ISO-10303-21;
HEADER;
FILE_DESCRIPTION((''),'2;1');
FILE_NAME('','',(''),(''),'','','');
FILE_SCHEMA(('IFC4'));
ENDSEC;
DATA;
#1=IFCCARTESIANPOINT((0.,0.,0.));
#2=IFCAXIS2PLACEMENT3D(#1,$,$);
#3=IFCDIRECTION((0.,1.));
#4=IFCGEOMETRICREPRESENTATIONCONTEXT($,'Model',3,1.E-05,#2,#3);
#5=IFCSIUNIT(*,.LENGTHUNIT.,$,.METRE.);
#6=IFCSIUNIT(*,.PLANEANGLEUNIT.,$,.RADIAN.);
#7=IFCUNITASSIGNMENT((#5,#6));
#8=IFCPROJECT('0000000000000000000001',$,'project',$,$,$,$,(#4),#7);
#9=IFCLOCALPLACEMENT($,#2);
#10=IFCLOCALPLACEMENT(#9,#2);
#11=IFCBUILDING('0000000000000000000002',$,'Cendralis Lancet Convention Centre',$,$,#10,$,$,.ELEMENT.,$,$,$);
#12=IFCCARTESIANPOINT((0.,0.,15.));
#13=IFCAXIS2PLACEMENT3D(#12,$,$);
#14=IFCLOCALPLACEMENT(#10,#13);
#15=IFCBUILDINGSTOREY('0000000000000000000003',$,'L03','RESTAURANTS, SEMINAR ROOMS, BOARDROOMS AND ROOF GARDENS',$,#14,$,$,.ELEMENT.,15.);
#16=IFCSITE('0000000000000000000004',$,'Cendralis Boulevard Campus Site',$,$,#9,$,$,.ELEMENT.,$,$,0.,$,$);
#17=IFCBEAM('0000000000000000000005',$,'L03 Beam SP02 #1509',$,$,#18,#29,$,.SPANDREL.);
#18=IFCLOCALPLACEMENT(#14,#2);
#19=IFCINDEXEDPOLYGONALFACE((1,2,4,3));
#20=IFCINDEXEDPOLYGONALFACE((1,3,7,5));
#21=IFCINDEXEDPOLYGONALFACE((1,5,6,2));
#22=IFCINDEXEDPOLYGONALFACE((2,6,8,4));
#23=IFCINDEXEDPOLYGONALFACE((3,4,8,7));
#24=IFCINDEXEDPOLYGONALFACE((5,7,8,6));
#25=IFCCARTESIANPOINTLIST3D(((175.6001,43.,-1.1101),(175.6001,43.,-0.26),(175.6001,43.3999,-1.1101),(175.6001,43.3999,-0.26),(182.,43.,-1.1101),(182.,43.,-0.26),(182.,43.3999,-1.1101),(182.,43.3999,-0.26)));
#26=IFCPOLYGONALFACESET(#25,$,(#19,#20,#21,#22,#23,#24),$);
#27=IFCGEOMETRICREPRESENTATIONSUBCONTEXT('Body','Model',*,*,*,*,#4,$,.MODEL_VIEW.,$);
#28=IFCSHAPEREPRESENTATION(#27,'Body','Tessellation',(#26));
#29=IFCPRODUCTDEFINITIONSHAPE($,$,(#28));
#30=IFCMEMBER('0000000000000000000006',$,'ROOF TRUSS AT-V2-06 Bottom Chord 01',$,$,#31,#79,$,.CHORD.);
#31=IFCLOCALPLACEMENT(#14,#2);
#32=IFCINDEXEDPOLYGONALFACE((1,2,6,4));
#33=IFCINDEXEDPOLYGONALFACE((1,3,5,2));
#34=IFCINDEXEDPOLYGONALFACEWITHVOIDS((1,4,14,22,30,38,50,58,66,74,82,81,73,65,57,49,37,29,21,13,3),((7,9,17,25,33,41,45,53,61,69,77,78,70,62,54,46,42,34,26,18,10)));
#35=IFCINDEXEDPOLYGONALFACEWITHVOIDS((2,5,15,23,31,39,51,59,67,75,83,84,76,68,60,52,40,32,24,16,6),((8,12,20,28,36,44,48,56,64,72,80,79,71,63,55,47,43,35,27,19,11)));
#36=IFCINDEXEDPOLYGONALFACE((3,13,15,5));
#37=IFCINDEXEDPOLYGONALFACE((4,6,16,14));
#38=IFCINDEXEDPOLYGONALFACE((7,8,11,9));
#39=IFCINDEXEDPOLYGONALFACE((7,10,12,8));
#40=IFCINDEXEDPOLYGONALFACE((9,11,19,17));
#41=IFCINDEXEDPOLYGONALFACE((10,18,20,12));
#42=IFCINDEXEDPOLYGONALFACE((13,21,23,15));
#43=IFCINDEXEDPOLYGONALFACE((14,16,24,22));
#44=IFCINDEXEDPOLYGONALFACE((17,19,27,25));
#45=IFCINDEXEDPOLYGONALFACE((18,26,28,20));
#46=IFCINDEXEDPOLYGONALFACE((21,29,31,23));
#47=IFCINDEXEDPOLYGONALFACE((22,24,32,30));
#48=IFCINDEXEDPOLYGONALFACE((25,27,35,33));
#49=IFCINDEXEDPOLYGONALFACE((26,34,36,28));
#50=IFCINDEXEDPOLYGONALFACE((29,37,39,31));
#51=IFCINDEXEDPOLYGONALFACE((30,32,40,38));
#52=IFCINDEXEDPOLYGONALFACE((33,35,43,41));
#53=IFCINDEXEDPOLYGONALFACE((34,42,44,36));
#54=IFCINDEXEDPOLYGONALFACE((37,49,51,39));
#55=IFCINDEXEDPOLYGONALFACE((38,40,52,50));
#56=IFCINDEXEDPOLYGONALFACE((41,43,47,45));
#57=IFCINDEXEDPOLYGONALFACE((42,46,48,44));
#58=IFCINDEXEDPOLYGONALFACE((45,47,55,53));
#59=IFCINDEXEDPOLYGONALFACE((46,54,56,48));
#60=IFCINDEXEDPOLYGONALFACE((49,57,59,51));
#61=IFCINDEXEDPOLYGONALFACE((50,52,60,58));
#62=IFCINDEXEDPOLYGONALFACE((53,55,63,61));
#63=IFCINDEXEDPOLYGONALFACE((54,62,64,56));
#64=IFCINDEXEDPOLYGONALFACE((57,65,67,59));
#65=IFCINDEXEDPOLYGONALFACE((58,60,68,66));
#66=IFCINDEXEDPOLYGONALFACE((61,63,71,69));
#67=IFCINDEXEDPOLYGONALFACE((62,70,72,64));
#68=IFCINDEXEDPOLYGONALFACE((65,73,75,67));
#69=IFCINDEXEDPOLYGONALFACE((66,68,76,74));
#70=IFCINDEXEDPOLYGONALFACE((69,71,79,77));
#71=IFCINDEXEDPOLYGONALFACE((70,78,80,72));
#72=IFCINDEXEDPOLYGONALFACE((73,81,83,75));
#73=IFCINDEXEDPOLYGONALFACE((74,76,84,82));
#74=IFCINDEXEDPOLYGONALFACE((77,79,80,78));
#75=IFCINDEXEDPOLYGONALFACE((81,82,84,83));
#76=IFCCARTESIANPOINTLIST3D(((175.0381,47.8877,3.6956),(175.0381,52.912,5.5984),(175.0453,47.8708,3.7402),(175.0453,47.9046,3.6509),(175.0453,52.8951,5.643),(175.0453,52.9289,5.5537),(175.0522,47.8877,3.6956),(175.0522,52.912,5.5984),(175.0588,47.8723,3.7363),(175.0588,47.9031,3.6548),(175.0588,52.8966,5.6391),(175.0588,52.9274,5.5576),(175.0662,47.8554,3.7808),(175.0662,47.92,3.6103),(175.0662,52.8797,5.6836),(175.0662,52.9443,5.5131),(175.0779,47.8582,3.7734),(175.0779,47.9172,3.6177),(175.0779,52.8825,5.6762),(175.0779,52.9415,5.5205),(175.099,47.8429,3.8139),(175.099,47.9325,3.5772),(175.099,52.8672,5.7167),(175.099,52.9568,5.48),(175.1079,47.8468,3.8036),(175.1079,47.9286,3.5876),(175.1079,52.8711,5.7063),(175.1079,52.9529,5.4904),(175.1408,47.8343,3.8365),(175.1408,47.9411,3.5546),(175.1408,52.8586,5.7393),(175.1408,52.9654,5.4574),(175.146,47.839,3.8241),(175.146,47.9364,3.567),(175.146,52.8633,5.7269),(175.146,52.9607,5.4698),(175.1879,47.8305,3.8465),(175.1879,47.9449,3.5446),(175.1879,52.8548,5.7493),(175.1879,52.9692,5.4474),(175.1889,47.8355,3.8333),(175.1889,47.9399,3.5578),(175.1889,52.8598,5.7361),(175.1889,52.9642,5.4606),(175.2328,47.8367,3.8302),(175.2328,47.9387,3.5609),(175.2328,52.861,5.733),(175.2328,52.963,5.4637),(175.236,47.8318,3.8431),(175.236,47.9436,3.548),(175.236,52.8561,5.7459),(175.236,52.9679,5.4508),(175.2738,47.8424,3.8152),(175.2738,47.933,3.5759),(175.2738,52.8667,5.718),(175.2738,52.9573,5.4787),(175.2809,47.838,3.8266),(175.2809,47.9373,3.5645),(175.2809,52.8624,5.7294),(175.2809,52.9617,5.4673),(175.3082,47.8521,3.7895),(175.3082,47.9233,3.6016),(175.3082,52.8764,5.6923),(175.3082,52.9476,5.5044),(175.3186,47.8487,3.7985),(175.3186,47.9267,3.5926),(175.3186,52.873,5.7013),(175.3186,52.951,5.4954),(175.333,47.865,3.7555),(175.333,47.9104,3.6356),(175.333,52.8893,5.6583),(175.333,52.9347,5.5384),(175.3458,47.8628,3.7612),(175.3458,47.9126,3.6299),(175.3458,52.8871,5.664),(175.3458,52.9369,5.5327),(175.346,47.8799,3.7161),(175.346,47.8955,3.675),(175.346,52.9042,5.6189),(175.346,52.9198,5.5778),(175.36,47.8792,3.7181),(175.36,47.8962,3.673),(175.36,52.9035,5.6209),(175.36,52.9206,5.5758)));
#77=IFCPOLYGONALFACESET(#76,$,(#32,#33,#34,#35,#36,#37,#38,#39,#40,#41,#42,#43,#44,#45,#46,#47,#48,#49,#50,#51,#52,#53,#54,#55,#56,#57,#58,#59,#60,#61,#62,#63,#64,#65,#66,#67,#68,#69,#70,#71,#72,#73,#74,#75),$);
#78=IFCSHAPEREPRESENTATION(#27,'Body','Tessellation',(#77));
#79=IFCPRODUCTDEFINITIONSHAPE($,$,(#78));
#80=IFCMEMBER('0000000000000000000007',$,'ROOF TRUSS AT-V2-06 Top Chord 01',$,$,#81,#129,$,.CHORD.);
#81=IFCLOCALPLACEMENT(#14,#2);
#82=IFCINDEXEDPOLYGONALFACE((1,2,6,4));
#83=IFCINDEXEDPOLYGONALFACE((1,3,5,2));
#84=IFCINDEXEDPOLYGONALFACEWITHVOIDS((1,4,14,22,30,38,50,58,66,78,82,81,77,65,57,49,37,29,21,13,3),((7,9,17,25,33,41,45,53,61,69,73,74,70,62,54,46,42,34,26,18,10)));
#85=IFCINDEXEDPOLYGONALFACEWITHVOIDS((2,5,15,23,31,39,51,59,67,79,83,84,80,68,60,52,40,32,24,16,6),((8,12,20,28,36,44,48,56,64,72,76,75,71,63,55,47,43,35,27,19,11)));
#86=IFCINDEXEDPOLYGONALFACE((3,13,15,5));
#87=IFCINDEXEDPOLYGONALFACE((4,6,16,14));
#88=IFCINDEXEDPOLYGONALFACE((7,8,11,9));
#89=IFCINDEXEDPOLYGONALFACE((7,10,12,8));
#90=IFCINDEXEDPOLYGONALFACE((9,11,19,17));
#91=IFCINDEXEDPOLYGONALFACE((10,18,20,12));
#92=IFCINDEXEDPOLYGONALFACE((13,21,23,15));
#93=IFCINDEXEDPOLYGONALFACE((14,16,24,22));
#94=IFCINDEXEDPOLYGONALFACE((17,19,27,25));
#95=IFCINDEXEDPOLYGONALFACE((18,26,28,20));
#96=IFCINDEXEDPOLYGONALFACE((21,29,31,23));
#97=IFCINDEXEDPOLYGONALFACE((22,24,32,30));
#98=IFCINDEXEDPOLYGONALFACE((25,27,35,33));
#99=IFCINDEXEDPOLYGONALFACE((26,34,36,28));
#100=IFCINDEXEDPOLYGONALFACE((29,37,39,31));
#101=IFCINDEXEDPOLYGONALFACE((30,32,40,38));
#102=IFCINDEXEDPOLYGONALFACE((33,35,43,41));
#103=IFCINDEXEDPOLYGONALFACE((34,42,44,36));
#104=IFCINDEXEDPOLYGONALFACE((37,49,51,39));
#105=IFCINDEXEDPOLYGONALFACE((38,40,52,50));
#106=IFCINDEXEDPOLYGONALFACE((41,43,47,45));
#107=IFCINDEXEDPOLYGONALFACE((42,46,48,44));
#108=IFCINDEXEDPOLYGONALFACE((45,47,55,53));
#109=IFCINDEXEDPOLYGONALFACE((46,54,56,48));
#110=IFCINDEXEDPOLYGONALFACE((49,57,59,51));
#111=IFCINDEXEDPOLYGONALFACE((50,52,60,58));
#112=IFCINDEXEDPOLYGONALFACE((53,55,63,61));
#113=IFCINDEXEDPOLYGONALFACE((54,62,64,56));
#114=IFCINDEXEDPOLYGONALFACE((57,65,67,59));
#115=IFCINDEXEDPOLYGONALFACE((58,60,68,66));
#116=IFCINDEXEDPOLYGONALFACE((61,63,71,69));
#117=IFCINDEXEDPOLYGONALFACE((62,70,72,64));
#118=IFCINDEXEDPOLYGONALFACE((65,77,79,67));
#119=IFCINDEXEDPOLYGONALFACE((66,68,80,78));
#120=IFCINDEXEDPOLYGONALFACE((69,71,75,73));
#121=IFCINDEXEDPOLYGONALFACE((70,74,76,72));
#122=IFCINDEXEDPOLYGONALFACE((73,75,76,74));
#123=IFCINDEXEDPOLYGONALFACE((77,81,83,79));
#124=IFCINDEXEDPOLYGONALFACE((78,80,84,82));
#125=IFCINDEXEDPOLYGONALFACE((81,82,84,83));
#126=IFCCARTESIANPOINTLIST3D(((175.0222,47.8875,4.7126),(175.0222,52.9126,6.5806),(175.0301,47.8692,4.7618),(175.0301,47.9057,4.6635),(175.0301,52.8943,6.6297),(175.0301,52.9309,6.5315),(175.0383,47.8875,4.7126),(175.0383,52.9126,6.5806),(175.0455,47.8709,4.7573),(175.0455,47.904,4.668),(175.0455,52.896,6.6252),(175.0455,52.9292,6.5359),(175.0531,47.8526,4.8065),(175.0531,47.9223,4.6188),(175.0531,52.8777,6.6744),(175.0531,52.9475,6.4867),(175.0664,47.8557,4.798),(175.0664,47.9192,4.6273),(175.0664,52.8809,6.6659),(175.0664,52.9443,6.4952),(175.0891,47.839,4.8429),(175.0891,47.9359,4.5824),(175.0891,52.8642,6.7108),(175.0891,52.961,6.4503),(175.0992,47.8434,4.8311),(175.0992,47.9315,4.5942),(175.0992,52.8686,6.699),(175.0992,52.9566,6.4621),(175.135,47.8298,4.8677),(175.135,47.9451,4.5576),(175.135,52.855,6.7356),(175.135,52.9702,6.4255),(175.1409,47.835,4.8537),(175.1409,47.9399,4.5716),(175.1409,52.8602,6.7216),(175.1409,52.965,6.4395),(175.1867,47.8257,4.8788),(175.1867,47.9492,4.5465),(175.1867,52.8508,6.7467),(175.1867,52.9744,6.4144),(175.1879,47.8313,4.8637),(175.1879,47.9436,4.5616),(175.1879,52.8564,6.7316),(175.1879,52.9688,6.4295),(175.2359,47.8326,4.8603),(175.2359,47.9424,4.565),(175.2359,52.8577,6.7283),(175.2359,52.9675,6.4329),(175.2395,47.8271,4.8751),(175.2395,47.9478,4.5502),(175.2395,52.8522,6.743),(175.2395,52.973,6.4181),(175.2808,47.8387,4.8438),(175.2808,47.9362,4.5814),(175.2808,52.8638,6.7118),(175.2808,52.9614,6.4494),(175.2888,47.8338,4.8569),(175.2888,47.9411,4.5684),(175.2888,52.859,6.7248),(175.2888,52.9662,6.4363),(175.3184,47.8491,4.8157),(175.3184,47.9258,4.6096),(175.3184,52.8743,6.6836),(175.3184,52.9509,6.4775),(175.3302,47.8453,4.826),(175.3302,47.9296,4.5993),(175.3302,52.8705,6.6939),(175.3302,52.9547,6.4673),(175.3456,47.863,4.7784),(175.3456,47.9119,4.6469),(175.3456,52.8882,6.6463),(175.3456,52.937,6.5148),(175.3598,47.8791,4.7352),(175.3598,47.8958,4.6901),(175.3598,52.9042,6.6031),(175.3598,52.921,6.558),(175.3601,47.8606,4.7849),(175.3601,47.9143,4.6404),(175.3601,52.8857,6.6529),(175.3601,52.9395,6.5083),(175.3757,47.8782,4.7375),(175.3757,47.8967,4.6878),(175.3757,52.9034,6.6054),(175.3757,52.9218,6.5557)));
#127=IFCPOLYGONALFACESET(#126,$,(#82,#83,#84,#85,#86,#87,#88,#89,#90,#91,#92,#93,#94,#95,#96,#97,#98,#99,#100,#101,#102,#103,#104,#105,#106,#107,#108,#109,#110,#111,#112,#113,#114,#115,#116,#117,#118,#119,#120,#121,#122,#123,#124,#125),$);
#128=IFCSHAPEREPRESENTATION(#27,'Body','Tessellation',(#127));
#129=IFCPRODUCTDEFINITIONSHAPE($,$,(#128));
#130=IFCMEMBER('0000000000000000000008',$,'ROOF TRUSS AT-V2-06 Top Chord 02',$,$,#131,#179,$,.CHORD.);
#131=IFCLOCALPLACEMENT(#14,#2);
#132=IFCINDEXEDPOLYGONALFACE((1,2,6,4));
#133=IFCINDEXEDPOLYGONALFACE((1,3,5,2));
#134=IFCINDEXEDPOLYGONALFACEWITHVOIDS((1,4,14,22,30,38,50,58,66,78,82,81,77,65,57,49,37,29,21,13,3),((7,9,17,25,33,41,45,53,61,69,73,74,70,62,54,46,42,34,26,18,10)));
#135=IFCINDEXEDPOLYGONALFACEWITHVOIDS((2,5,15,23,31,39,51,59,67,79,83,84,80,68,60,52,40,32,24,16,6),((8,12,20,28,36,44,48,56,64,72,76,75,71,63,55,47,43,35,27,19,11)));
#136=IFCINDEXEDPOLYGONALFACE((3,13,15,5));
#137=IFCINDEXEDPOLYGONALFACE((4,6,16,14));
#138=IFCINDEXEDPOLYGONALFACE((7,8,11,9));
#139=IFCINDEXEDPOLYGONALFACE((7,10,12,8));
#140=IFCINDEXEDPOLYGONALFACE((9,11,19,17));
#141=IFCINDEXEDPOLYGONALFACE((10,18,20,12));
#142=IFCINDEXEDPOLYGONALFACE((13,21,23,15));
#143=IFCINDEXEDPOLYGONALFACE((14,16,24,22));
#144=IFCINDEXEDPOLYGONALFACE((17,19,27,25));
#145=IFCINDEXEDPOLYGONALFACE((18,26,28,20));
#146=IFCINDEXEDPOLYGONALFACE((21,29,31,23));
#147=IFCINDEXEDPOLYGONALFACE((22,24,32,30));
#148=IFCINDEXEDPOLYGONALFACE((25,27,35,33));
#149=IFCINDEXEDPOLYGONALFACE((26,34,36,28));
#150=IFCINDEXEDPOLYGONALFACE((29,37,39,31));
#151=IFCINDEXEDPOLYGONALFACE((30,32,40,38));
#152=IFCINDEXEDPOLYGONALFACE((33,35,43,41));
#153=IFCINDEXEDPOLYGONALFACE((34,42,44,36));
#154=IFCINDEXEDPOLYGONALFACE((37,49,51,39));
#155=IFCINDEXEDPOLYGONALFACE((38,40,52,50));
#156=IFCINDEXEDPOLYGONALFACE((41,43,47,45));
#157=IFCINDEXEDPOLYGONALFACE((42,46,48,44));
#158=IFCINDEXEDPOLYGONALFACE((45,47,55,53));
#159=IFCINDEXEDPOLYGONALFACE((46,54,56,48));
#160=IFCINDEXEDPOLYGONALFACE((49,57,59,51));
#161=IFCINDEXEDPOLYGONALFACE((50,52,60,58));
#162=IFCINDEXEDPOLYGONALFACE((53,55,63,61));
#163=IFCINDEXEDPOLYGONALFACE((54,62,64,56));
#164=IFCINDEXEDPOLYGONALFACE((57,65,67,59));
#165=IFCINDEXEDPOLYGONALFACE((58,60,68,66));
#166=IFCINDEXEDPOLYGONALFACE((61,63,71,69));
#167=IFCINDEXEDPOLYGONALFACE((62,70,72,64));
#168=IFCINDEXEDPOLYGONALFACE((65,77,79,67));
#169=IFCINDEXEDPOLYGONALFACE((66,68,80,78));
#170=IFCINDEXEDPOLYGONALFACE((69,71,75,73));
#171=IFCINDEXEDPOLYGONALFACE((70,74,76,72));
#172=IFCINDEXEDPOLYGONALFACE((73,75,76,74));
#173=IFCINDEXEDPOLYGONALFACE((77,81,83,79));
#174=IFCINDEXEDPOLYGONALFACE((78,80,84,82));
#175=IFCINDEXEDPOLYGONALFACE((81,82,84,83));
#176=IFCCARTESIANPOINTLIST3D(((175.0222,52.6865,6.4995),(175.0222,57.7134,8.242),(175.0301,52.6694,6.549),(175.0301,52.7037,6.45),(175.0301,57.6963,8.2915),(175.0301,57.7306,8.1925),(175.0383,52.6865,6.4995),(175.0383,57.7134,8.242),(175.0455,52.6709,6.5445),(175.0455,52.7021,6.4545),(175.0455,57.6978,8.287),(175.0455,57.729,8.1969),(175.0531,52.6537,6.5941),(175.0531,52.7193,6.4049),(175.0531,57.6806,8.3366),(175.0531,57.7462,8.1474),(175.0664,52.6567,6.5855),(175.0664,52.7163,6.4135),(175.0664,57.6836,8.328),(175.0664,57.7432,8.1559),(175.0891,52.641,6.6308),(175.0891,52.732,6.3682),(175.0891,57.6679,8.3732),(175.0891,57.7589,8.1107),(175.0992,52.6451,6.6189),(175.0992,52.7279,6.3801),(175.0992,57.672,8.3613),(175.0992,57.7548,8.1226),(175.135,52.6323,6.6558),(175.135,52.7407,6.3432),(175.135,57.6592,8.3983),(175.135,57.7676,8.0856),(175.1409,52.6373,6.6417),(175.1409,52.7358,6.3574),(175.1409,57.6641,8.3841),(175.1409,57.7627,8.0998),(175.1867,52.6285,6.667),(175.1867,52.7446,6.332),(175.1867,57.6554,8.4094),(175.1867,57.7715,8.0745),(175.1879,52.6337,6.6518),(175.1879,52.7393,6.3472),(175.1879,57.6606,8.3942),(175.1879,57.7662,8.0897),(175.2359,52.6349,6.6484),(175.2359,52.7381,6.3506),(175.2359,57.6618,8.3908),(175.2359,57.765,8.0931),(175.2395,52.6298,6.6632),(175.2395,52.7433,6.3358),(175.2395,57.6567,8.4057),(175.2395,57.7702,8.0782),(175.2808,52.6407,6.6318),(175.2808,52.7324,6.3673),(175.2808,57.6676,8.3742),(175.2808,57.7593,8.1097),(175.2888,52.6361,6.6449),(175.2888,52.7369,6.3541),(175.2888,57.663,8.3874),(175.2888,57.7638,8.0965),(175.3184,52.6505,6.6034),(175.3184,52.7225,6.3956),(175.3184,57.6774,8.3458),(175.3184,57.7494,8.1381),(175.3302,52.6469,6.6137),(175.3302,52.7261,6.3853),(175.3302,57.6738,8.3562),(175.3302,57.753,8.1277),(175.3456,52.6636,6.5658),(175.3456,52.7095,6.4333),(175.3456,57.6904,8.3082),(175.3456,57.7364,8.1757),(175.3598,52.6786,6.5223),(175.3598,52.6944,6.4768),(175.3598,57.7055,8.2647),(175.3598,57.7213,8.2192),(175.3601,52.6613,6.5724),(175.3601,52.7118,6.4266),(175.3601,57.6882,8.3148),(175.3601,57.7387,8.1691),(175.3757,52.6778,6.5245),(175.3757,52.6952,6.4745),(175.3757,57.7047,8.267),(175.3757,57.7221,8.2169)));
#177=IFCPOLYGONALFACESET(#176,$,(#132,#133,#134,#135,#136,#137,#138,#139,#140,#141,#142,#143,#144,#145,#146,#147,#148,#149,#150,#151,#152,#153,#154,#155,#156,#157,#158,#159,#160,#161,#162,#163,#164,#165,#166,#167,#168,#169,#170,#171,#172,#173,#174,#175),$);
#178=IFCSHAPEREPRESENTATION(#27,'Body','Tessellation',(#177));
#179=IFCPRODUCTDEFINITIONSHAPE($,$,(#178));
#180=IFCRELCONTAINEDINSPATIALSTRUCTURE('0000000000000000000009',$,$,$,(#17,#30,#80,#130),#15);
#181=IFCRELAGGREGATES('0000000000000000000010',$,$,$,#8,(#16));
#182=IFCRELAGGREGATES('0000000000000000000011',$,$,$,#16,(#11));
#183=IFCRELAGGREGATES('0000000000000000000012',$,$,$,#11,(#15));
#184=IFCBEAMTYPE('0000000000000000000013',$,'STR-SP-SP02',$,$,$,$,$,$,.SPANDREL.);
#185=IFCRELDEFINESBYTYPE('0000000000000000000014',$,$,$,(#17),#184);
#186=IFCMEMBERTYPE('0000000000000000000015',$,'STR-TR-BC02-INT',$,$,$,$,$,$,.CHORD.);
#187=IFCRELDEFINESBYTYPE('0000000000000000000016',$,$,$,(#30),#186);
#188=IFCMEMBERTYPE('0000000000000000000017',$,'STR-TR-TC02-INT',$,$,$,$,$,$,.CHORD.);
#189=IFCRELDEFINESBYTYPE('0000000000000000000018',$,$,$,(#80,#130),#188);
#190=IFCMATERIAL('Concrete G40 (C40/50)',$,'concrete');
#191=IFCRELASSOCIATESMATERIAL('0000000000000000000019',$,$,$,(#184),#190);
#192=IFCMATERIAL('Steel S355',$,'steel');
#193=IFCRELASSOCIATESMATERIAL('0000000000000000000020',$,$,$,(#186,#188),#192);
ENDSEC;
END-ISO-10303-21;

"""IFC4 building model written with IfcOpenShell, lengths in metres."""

from ifc_helpers import new_model, si_unit, direction, frame, origin, origin_2d, place, context, subcontext, project, spatial, rectangle, hollow_circle, extrude, material, material_profile, profile_set, type_object, element, save


model = new_model("IFC4")

# Units and contexts
model_context = context("Model", 3, precision=1e-05, world=origin(), true_north=direction((0.0, 1.0)))
body_context = subcontext(model_context, "Body", "Model", "MODEL_VIEW")
ifc_project = project(units=[si_unit("LENGTHUNIT", "METRE"), si_unit("PLANEANGLEUNIT", "RADIAN")], contexts=[model_context])

# Site, building, storey
site_placement = place(None, origin())
site = spatial("IfcSite", under=ifc_project, at=site_placement, Name="Cendralis Boulevard Campus Site", CompositionType="ELEMENT", RefElevation=0.0)
building_placement = place(site_placement, origin())
building = spatial("IfcBuilding", under=site, at=building_placement, Name="Cendralis Lancet Convention Centre", CompositionType="ELEMENT")
storey_placement = place(building_placement, frame((0.0, 0.0, 15.0)))
storey = spatial("IfcBuildingStorey", under=building, at=storey_placement, Name="L03", Description="RESTAURANTS, SEMINAR ROOMS, BOARDROOMS AND ROOF GARDENS", CompositionType="ELEMENT", Elevation=15.0)

# Shared definitions
ifc_material_1 = material(Name="Concrete G40 (C40/50)", Category="concrete")

# Shared definitions
ifc_material_2 = material(Name="Steel S355", Category="steel")

# Beam
ifc_material_profile_1 = material_profile(ifc_material_1, rectangle(XDim=0.3999, YDim=0.8501, at=origin_2d()), Name="RCB 400x850")
ifc_profile_set_1 = profile_set([ifc_material_profile_1], Name="Concrete G40 (C40/50)")
beam_type_1 = type_object("IfcBeamType", Name="STR-SP-SP02", PredefinedType="SPANDREL", material=ifc_profile_set_1)
beam_1_placement = place(storey_placement, frame((175.6001, 43.2, -0.6851), z_axis=(1.0, 0.0, 0.0), x_axis=(0.0, 1.0, 0.0)))
element("IfcBeam", 1, at=beam_1_placement, inside=storey, type_object=beam_type_1, Name="L03 Beam SP02 #1509", PredefinedType="SPANDREL", context=body_context, shape_type="SweptSolid", body=[
    extrude(rectangle(XDim=0.3999, YDim=0.8501, at=origin_2d()), origin(), (0.0, 0.0, 1.0), 6.3999),
])

# Members
ifc_material_profile_2 = material_profile(ifc_material_2, hollow_circle(Radius=0.1619, WallThickness=0.0142, at=origin_2d()), Name="CHS 323.9x14.2")
ifc_profile_set_2 = profile_set([ifc_material_profile_2], Name="Steel S355")
member_type_1 = type_object("IfcMemberType", Name="STR-TR-BC02-INT", PredefinedType="CHORD", material=ifc_profile_set_2)
member_1_placement = place(storey_placement, frame((175.2, 47.8877, 3.6956), z_axis=(0.0, 0.935181, 0.354169), x_axis=(-1.0, 0.0, 0.0)))
element("IfcMember", 2, at=member_1_placement, inside=storey, type_object=member_type_1, Name="ROOF TRUSS AT-V2-06 Bottom Chord 01", PredefinedType="CHORD", context=body_context, shape_type="SweptSolid", body=[
    extrude(hollow_circle(Radius=0.1619, WallThickness=0.0142, at=origin_2d()), origin(), (0.0, 0.0, 1.0), 5.3726),
])
ifc_material_profile_3 = material_profile(ifc_material_2, hollow_circle(Radius=0.1777, WallThickness=0.0161, at=origin_2d()), Name="CHS 355.6x16.0")
ifc_profile_set_3 = profile_set([ifc_material_profile_3], Name="Steel S355")
member_type_2 = type_object("IfcMemberType", Name="STR-TR-TC02-INT", PredefinedType="CHORD", material=ifc_profile_set_3)
member_2_placement = place(storey_placement, frame((175.2, 47.8875, 4.7126), z_axis=(0.0, 0.937338, 0.348422), x_axis=(-1.0, 0.0, 0.0)))
element("IfcMember", 3, at=member_2_placement, inside=storey, type_object=member_type_2, Name="ROOF TRUSS AT-V2-06 Top Chord 01", PredefinedType="CHORD", context=body_context, shape_type="SweptSolid", body=[
    extrude(hollow_circle(Radius=0.1777, WallThickness=0.0161, at=origin_2d()), origin(), (0.0, 0.0, 1.0), 5.3611),
])
member_3_placement = place(storey_placement, frame((175.2, 52.6865, 6.4995), z_axis=(0.0, 0.944849, 0.327508), x_axis=(-1.0, 0.0, 0.0)))
element("IfcMember", 4, at=member_3_placement, inside=storey, type_object=member_type_2, Name="ROOF TRUSS AT-V2-06 Top Chord 02", PredefinedType="CHORD", context=body_context, shape_type="SweptSolid", body=[
    extrude(hollow_circle(Radius=0.1777, WallThickness=0.0161, at=origin_2d()), origin(), (0.0, 0.0, 1.0), 5.3203),
])

save(model, "model.ifc")
